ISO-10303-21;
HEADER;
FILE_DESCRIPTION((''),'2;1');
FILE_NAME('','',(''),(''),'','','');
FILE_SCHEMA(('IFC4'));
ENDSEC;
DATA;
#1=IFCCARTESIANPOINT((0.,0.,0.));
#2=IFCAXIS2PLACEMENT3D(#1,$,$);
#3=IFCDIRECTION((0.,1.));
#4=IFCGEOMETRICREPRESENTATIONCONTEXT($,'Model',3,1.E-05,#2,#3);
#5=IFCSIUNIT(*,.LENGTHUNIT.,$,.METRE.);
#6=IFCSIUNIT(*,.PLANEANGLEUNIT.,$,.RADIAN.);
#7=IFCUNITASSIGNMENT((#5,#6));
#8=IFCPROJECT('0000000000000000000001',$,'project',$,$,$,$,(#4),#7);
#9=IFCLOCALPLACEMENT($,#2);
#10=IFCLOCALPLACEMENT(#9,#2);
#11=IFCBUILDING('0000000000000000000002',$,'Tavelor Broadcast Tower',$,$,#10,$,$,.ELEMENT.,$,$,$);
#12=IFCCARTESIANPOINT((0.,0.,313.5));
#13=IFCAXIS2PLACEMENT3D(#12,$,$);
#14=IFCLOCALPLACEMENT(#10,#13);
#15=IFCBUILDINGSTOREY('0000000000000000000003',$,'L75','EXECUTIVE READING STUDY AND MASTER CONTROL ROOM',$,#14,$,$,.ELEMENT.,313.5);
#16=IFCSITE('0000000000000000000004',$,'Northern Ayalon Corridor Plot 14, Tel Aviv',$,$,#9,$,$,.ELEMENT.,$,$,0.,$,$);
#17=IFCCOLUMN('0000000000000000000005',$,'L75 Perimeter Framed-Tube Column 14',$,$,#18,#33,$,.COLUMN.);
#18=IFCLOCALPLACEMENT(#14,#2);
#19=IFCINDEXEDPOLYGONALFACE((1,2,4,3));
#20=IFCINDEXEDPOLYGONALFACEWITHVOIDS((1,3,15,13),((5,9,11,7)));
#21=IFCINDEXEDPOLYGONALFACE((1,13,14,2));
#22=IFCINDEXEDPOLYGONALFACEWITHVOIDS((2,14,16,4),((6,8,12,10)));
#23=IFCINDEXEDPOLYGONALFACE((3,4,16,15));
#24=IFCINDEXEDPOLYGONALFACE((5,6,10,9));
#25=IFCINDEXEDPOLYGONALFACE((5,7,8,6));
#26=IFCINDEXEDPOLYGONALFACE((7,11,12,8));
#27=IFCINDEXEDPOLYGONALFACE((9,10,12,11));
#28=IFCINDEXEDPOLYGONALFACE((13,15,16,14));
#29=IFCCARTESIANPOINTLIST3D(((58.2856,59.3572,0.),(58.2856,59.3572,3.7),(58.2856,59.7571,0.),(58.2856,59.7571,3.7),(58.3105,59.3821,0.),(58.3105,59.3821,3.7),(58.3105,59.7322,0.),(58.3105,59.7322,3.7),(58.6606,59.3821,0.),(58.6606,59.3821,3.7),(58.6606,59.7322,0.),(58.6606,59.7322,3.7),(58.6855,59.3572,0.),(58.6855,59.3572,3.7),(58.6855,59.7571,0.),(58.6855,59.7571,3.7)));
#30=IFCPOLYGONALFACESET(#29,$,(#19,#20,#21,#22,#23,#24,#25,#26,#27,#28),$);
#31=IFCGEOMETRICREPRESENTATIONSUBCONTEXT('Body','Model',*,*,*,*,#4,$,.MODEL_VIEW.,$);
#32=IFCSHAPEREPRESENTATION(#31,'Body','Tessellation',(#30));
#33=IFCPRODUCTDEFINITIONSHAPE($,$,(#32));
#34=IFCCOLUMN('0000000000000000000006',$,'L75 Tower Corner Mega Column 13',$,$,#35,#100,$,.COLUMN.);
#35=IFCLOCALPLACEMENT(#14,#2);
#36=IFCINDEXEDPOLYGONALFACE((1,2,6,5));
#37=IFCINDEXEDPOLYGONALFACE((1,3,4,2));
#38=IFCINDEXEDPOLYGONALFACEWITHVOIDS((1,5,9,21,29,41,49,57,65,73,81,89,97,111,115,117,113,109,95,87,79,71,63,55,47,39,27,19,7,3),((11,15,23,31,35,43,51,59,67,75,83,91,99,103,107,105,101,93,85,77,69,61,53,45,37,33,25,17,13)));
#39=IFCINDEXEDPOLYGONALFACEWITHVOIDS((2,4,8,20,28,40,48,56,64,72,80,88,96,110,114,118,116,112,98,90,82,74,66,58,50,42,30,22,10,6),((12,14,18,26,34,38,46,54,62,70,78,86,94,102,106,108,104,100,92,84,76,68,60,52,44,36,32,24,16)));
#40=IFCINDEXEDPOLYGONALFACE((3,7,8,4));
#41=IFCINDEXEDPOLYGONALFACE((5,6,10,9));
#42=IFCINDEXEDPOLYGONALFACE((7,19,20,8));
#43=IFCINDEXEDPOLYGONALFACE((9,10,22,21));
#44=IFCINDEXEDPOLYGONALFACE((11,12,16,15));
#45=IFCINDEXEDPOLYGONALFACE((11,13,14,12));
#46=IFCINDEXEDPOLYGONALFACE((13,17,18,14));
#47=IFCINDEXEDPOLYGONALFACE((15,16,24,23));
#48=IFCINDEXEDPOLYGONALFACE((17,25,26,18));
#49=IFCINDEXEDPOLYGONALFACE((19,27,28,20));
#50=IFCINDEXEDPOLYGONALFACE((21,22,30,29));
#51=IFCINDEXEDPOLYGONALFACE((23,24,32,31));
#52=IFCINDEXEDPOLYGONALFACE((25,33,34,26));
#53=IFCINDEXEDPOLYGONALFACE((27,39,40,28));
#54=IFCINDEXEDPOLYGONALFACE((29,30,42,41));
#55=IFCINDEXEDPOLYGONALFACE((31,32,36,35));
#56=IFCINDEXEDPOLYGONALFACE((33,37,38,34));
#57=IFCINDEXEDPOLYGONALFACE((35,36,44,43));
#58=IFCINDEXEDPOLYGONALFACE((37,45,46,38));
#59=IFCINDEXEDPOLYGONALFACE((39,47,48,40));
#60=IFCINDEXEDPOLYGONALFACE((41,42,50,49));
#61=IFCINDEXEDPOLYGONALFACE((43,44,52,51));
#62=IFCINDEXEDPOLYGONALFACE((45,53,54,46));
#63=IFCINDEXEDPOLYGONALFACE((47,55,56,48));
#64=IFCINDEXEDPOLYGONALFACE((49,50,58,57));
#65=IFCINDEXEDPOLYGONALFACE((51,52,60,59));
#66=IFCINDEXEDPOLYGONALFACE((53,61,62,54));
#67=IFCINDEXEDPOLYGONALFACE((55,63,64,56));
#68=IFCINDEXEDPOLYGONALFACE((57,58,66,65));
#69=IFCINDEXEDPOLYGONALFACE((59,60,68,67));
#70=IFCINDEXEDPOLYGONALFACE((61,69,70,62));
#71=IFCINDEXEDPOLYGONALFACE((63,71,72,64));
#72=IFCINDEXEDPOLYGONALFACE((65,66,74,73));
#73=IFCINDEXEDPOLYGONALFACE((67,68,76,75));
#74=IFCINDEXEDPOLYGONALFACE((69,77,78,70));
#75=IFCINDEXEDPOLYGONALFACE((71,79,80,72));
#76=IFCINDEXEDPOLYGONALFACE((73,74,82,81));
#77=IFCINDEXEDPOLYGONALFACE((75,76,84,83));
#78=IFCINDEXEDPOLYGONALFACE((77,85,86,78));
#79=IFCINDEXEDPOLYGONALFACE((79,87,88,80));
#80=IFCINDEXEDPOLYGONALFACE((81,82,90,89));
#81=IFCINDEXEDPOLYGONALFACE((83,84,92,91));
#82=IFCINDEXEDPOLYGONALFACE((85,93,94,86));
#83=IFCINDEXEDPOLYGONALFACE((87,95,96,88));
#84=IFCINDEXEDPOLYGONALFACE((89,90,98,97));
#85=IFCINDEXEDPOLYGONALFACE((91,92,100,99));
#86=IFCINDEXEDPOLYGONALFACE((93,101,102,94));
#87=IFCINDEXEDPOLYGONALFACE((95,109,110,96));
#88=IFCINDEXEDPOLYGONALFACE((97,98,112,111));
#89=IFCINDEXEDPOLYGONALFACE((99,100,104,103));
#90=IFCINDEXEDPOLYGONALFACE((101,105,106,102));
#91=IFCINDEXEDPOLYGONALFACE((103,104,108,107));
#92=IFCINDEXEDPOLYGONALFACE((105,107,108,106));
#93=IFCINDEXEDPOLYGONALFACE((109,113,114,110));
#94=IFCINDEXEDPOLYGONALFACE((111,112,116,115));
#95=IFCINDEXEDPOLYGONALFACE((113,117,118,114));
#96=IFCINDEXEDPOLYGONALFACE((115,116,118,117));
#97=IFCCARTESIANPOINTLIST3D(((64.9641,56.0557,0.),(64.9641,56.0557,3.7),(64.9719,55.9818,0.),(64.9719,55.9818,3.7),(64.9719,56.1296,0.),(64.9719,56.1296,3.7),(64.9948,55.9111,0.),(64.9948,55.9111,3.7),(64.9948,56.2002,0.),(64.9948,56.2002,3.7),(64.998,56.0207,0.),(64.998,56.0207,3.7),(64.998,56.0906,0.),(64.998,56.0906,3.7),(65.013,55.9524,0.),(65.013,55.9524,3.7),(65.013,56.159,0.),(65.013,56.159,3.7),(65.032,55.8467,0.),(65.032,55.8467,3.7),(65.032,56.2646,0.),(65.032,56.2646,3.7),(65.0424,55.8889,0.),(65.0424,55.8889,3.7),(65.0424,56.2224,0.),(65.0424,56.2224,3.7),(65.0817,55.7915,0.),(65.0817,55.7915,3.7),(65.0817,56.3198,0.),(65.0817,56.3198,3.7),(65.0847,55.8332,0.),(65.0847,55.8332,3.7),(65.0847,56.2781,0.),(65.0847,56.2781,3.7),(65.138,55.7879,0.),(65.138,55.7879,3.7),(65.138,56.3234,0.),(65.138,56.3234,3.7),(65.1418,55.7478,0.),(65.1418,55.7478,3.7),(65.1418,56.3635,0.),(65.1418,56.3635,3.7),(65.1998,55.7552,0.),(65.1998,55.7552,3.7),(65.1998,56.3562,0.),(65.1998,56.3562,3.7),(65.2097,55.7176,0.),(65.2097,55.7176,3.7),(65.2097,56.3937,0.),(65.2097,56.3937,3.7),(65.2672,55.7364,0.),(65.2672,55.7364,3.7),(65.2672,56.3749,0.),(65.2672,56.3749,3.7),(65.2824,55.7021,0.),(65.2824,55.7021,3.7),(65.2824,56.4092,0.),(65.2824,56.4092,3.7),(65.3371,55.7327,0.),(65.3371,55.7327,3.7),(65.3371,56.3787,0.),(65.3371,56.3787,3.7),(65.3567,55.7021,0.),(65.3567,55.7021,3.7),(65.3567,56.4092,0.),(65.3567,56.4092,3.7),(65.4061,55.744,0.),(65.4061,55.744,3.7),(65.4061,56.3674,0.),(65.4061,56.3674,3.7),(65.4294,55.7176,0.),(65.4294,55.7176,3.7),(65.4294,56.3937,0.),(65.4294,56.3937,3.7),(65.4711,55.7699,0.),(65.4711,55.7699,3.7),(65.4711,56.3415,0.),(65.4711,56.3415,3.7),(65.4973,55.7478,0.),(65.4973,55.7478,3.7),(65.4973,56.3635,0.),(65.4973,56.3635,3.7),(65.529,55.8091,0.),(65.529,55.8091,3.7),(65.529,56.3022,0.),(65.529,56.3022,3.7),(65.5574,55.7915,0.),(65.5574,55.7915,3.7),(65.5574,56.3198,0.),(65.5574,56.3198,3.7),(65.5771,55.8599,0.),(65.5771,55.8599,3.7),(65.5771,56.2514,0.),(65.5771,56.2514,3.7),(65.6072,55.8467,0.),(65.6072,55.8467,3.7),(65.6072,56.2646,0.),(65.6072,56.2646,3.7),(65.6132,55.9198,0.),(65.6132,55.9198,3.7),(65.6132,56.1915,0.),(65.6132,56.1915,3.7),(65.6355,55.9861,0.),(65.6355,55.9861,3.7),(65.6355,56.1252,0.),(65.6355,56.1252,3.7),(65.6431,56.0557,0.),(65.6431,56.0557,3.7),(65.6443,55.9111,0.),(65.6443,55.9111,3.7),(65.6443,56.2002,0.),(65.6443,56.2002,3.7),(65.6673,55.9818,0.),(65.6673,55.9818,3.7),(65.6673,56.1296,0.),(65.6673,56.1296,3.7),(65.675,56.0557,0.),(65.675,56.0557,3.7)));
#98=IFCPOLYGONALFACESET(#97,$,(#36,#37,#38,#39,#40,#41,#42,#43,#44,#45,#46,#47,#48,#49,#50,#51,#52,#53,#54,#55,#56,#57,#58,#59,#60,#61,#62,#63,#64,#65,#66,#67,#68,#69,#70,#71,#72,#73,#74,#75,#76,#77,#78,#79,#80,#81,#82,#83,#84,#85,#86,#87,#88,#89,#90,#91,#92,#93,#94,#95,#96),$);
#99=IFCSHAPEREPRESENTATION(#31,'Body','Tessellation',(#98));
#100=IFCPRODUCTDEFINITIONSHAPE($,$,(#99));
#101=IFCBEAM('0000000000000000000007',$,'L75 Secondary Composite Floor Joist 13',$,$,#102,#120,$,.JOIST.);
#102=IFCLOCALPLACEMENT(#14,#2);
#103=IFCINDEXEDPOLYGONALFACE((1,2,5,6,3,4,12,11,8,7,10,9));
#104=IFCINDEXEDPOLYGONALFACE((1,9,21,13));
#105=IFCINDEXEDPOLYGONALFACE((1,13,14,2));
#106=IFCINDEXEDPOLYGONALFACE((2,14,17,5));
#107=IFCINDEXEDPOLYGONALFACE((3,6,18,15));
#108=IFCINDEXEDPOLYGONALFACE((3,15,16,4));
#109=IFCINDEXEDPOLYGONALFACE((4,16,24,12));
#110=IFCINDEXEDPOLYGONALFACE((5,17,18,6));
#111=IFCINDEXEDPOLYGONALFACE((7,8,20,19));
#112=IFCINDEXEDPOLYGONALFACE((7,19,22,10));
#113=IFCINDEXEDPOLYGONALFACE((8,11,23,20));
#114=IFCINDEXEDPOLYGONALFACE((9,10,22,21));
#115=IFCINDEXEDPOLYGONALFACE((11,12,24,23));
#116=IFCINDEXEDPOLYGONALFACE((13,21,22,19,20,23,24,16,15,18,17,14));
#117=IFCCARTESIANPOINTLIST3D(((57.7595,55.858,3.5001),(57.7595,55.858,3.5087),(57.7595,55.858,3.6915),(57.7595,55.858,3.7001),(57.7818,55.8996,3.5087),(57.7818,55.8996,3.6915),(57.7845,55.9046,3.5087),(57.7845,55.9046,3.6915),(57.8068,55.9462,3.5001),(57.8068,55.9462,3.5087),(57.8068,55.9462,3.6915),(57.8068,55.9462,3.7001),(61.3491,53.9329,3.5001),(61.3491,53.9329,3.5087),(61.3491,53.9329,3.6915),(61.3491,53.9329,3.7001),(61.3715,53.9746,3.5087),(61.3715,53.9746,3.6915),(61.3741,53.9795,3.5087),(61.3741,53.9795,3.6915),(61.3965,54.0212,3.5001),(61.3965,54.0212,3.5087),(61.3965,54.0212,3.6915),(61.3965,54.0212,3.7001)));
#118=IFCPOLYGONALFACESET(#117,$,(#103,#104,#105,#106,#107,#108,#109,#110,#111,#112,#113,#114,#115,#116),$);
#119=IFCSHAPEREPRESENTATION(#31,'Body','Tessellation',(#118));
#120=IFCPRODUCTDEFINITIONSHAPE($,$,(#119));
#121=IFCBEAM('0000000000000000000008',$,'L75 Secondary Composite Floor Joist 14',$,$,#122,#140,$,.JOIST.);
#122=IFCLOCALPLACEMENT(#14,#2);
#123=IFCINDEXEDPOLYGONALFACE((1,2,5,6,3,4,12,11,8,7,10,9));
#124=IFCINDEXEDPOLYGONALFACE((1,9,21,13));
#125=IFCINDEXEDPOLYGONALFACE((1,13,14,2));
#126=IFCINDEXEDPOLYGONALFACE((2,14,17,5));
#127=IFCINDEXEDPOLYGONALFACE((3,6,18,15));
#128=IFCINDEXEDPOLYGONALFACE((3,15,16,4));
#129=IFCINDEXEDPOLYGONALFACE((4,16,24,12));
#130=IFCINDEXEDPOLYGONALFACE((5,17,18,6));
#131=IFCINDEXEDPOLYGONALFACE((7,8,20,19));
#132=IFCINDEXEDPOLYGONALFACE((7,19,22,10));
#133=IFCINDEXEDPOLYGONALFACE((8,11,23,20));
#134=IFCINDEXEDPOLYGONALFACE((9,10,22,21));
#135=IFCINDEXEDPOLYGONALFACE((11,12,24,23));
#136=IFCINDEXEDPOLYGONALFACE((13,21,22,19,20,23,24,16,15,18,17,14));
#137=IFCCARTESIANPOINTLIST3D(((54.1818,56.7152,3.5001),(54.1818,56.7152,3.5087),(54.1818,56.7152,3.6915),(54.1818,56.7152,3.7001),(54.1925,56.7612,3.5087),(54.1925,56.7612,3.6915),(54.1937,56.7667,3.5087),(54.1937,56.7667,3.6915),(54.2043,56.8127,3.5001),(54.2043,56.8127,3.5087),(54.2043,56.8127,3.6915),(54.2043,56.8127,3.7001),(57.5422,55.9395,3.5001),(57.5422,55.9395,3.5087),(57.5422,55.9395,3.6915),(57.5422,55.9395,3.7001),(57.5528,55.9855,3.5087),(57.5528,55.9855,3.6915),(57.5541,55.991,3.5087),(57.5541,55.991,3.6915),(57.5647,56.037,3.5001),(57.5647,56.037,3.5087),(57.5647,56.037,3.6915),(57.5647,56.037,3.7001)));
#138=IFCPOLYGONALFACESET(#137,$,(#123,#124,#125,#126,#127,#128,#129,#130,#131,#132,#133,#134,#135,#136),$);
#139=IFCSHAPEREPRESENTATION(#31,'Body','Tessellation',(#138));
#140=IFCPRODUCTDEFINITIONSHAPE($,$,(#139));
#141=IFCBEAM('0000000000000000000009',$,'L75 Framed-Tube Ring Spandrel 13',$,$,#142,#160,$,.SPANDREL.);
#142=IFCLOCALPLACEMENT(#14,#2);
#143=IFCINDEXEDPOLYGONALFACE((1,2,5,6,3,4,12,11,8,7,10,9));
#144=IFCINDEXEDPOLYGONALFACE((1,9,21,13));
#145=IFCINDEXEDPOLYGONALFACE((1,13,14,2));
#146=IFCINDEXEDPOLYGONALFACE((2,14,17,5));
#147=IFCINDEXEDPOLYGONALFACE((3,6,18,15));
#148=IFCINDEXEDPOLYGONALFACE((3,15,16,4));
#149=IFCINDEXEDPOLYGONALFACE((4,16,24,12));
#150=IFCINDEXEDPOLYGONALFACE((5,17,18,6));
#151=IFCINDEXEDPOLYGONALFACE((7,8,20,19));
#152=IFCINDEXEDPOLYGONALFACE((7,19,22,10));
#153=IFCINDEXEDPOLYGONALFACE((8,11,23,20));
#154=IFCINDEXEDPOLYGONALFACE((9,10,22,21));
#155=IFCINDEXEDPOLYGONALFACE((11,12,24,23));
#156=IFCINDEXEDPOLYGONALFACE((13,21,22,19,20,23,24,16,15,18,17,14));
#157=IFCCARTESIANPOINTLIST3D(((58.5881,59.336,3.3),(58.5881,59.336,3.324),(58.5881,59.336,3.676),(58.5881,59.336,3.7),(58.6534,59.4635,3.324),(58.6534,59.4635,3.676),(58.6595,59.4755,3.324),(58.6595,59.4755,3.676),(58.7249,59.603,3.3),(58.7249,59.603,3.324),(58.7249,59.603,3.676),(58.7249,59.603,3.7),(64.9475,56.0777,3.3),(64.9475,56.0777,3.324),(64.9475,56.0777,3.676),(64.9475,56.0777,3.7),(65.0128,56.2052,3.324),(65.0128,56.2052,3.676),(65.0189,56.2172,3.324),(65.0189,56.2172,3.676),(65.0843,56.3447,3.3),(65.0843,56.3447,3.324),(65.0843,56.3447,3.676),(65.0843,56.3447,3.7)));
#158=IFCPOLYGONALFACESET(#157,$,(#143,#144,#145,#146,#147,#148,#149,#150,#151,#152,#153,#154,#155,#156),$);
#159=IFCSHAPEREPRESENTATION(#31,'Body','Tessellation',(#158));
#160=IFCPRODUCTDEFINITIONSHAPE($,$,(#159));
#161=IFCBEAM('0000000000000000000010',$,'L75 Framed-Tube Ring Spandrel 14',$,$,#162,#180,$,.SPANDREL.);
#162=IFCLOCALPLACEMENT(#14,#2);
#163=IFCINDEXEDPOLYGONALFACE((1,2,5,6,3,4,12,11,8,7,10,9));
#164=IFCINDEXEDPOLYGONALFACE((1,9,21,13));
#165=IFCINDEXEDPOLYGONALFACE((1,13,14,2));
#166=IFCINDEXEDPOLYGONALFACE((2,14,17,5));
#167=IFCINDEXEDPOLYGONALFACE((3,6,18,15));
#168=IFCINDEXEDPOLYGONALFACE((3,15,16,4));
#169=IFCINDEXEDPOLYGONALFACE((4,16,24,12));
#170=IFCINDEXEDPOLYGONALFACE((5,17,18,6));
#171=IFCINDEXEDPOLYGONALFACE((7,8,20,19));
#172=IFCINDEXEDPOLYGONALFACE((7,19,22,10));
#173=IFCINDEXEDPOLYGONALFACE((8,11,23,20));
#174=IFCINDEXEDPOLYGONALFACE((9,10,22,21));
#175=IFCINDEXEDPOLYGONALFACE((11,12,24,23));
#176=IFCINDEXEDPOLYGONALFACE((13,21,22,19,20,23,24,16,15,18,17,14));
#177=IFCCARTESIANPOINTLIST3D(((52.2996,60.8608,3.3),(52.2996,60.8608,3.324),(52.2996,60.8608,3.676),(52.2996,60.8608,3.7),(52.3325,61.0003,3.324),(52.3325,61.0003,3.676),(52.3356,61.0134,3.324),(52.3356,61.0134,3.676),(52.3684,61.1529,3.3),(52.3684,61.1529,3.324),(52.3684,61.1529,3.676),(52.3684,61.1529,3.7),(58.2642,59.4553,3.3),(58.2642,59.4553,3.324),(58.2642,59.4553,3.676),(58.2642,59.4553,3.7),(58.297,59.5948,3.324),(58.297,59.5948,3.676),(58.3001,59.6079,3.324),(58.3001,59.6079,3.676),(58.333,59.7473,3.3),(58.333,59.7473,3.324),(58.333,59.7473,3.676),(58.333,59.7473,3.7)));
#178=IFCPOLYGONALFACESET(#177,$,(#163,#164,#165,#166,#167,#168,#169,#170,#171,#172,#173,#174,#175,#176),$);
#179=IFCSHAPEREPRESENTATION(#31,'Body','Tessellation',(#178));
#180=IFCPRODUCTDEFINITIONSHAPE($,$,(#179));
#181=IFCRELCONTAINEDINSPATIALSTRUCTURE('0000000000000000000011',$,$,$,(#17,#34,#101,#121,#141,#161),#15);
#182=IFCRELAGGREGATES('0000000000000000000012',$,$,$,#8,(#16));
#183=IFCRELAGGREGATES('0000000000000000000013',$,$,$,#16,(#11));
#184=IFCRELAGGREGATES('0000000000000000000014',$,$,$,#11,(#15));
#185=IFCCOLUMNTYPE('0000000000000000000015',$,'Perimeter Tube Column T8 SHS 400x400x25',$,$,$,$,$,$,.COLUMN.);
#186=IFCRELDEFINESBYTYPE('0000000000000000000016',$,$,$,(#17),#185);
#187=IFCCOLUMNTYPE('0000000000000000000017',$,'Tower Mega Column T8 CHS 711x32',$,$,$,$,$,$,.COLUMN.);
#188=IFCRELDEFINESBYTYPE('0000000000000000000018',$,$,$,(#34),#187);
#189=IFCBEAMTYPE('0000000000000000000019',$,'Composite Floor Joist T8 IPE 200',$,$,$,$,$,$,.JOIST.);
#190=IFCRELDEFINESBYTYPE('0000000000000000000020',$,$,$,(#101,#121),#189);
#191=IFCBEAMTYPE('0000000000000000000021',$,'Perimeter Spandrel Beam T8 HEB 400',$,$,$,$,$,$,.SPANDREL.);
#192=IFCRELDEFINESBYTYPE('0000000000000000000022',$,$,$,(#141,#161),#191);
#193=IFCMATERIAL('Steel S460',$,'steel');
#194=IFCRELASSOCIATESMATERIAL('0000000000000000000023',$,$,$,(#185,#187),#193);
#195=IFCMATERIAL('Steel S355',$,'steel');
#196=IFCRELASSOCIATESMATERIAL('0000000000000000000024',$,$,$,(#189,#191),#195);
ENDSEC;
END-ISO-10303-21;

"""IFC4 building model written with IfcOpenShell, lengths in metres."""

from ifc_helpers import new_model, si_unit, direction, frame, origin, origin_2d, place, context, subcontext, project, spatial, hollow_rectangle, hollow_circle, i_section, extrude, material, material_profile, profile_set, type_object, element, save


model = new_model("IFC4")

# Units and contexts
model_context = context("Model", 3, precision=1e-05, world=origin(), true_north=direction((0.0, 1.0)))
body_context = subcontext(model_context, "Body", "Model", "MODEL_VIEW")
ifc_project = project(units=[si_unit("LENGTHUNIT", "METRE"), si_unit("PLANEANGLEUNIT", "RADIAN")], contexts=[model_context])

# Site, building, storey
site_placement = place(None, origin())
site = spatial("IfcSite", under=ifc_project, at=site_placement, Name="Northern Ayalon Corridor Plot 14, Tel Aviv", CompositionType="ELEMENT", RefElevation=0.0)
building_placement = place(site_placement, origin())
building = spatial("IfcBuilding", under=site, at=building_placement, Name="Tavelor Broadcast Tower", CompositionType="ELEMENT")
storey_placement = place(building_placement, frame((0.0, 0.0, 313.5)))
storey = spatial("IfcBuildingStorey", under=building, at=storey_placement, Name="L75", Description="EXECUTIVE READING STUDY AND MASTER CONTROL ROOM", CompositionType="ELEMENT", Elevation=313.5)

# Columns
ifc_material_1 = material(Name="Steel S460", Category="steel")
ifc_material_profile_1 = material_profile(ifc_material_1, hollow_rectangle(XDim=0.3999, YDim=0.3999, WallThickness=0.0249, at=origin_2d()), Name="SHS 400x400x25")
ifc_profile_set_1 = profile_set([ifc_material_profile_1], Name="Steel S460")
column_type_1 = type_object("IfcColumnType", Name="Perimeter Tube Column T8 SHS 400x400x25", PredefinedType="COLUMN", material=ifc_profile_set_1)
column_1_placement = place(storey_placement, frame((58.4856, 59.5571, 0.0), z_axis=(0.0, 0.0, 1.0), x_axis=(1.0, 0.0, 0.0)))
element("IfcColumn", 1, at=column_1_placement, inside=storey, type_object=column_type_1, Name="L75 Perimeter Framed-Tube Column 14", PredefinedType="COLUMN", context=body_context, shape_type="SweptSolid", body=[
    extrude(hollow_rectangle(XDim=0.3999, YDim=0.3999, WallThickness=0.0249, at=origin_2d()), origin(), (0.0, 0.0, 1.0), 3.7),
])
ifc_material_profile_2 = material_profile(ifc_material_1, hollow_circle(Radius=0.3555, WallThickness=0.032, at=origin_2d()), Name="CHS 711x32")
ifc_profile_set_2 = profile_set([ifc_material_profile_2], Name="Steel S460")
column_type_2 = type_object("IfcColumnType", Name="Tower Mega Column T8 CHS 711x32", PredefinedType="COLUMN", material=ifc_profile_set_2)
column_2_placement = place(storey_placement, frame((65.3196, 56.0557, 0.0), z_axis=(0.0, 0.0, 1.0), x_axis=(1.0, 0.0, 0.0)))
element("IfcColumn", 2, at=column_2_placement, inside=storey, type_object=column_type_2, Name="L75 Tower Corner Mega Column 13", PredefinedType="COLUMN", context=body_context, shape_type="SweptSolid", body=[
    extrude(hollow_circle(Radius=0.3555, WallThickness=0.032, at=origin_2d()), origin(), (0.0, 0.0, 1.0), 3.7),
])

# Beams
ifc_material_2 = material(Name="Steel S355", Category="steel")
ifc_material_profile_3 = material_profile(ifc_material_2, i_section(OverallWidth=0.1001, OverallDepth=0.2, WebThickness=0.0056, FlangeThickness=0.0085, at=origin_2d()), Name="IPE 200")
ifc_profile_set_3 = profile_set([ifc_material_profile_3], Name="Steel S355")
beam_type_1 = type_object("IfcBeamType", Name="Composite Floor Joist T8 IPE 200", PredefinedType="JOIST", material=ifc_profile_set_3)
beam_1_placement = place(storey_placement, frame((61.3728, 53.9771, 3.6001), z_axis=(-0.88127, 0.472612, 0.0), x_axis=(-0.472612, -0.88127, 0.0)))
element("IfcBeam", 3, at=beam_1_placement, inside=storey, type_object=beam_type_1, Name="L75 Secondary Composite Floor Joist 13", PredefinedType="JOIST", context=body_context, shape_type="SweptSolid", body=[
    extrude(i_section(OverallWidth=0.1001, OverallDepth=0.2, WebThickness=0.0056, FlangeThickness=0.0085, at=origin_2d()), origin(), (0.0, 0.0, 1.0), 4.0732),
])
beam_2_placement = place(storey_placement, frame((57.5535, 55.9883, 3.6001), z_axis=(-0.97438, 0.224906, 0.0), x_axis=(-0.224906, -0.97438, 0.0)))
element("IfcBeam", 4, at=beam_2_placement, inside=storey, type_object=beam_type_1, Name="L75 Secondary Composite Floor Joist 14", PredefinedType="JOIST", context=body_context, shape_type="SweptSolid", body=[
    extrude(i_section(OverallWidth=0.1001, OverallDepth=0.2, WebThickness=0.0056, FlangeThickness=0.0085, at=origin_2d()), origin(), (0.0, 0.0, 1.0), 3.4487),
])
ifc_material_profile_4 = material_profile(ifc_material_2, i_section(OverallWidth=0.3, OverallDepth=0.3999, WebThickness=0.0134, FlangeThickness=0.0239, at=origin_2d()), Name="HEB 400")
ifc_profile_set_4 = profile_set([ifc_material_profile_4], Name="Steel S355")
beam_type_2 = type_object("IfcBeamType", Name="Perimeter Spandrel Beam T8 HEB 400", PredefinedType="SPANDREL", material=ifc_profile_set_4)
beam_3_placement = place(storey_placement, frame((65.0159, 56.2112, 3.5), z_axis=(-0.889983, 0.455993, 0.0), x_axis=(-0.455993, -0.889983, 0.0)))
element("IfcBeam", 5, at=beam_3_placement, inside=storey, type_object=beam_type_2, Name="L75 Framed-Tube Ring Spandrel 13", PredefinedType="SPANDREL", context=body_context, shape_type="SweptSolid", body=[
    extrude(i_section(OverallWidth=0.3, OverallDepth=0.3999, WebThickness=0.0134, FlangeThickness=0.0239, at=origin_2d()), origin(), (0.0, 0.0, 1.0), 7.1455),
])
beam_4_placement = place(storey_placement, frame((58.2986, 59.6013, 3.5), z_axis=(-0.973341, 0.229361, 0.0), x_axis=(-0.229361, -0.973341, 0.0)))
element("IfcBeam", 6, at=beam_4_placement, inside=storey, type_object=beam_type_2, Name="L75 Framed-Tube Ring Spandrel 14", PredefinedType="SPANDREL", context=body_context, shape_type="SweptSolid", body=[
    extrude(i_section(OverallWidth=0.3, OverallDepth=0.3999, WebThickness=0.0134, FlangeThickness=0.0239, at=origin_2d()), origin(), (0.0, 0.0, 1.0), 6.1279),
])

save(model, "model.ifc")
